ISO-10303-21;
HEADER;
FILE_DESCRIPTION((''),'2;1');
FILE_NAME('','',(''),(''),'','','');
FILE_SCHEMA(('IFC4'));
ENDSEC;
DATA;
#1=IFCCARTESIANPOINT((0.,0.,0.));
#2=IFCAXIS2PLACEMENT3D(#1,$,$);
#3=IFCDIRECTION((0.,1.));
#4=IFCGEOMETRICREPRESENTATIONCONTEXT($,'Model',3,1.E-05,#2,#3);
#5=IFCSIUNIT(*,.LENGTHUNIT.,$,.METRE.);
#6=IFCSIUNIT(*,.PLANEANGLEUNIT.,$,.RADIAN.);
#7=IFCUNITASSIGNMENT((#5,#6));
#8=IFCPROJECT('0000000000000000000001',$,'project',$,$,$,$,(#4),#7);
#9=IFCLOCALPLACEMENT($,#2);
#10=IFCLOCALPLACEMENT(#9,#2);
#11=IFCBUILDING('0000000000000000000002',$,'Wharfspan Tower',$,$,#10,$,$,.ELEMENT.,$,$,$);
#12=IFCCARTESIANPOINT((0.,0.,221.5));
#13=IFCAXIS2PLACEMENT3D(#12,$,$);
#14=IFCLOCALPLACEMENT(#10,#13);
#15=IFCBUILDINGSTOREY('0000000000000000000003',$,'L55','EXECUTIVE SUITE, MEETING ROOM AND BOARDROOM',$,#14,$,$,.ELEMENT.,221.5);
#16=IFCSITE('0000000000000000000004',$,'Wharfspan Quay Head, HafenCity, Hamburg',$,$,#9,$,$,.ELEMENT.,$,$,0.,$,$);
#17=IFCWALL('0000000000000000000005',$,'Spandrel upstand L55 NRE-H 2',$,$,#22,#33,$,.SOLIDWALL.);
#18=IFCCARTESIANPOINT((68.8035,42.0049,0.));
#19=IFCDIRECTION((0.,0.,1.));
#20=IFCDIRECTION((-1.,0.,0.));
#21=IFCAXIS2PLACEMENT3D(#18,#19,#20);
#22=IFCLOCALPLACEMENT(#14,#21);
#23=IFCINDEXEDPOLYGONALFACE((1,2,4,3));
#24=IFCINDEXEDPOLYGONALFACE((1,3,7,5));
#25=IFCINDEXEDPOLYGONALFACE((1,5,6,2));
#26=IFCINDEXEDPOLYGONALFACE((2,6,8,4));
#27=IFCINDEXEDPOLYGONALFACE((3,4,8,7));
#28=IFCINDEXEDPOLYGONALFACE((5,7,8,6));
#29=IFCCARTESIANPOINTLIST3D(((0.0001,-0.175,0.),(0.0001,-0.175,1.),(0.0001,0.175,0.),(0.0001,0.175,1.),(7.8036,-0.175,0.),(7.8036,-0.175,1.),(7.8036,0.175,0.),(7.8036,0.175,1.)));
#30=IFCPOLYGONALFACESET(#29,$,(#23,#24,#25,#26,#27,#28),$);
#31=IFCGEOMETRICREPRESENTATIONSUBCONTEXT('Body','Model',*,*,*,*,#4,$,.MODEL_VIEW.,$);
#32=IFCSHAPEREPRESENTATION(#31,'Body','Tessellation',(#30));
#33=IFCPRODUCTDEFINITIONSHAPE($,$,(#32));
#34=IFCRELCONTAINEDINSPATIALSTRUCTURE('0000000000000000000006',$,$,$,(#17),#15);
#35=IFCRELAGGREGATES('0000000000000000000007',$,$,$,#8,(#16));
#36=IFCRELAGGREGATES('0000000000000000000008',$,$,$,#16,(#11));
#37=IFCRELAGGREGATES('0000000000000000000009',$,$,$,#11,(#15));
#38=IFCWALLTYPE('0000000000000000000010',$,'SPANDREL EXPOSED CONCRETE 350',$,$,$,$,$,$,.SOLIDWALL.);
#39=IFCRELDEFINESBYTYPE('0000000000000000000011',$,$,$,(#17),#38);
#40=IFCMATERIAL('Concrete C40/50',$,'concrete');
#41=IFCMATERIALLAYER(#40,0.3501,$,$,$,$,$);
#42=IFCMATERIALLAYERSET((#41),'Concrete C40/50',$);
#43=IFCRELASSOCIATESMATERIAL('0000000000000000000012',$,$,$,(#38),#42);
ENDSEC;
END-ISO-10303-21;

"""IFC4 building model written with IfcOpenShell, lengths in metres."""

from ifc_helpers import new_model, si_unit, direction, frame, frame_2d, origin, place, context, subcontext, project, spatial, rectangle, extrude, material, layer, layer_set, type_object, element, save


model = new_model("IFC4")

# Units and contexts
model_context = context("Model", 3, precision=1e-05, world=origin(), true_north=direction((0.0, 1.0)))
body_context = subcontext(model_context, "Body", "Model", "MODEL_VIEW")
ifc_project = project(units=[si_unit("LENGTHUNIT", "METRE"), si_unit("PLANEANGLEUNIT", "RADIAN")], contexts=[model_context])

# Site, building, storey
site_placement = place(None, origin())
site = spatial("IfcSite", under=ifc_project, at=site_placement, Name="Wharfspan Quay Head, HafenCity, Hamburg", CompositionType="ELEMENT", RefElevation=0.0)
building_placement = place(site_placement, origin())
building = spatial("IfcBuilding", under=site, at=building_placement, Name="Wharfspan Tower", CompositionType="ELEMENT")
storey_placement = place(building_placement, frame((0.0, 0.0, 221.5)))
storey = spatial("IfcBuildingStorey", under=building, at=storey_placement, Name="L55", Description="EXECUTIVE SUITE, MEETING ROOM AND BOARDROOM", CompositionType="ELEMENT", Elevation=221.5)

# Wall
ifc_material_1 = material(Name="Concrete C40/50", Category="concrete")
ifc_layer_1 = layer(ifc_material_1, 0.3501)
ifc_layer_set_1 = layer_set([ifc_layer_1], Name="Concrete C40/50")
wall_type_1 = type_object("IfcWallType", Name="SPANDREL EXPOSED CONCRETE 350", PredefinedType="SOLIDWALL", material=ifc_layer_set_1)
wall_1_placement = place(storey_placement, frame((68.8035, 42.0049, 0.0), z_axis=(0.0, 0.0, 1.0), x_axis=(-1.0, 0.0, 0.0)))
element("IfcWall", 1, at=wall_1_placement, inside=storey, type_object=wall_type_1, Name="Spandrel upstand L55 NRE-H 2", PredefinedType="SOLIDWALL", context=body_context, shape_type="SweptSolid", body=[
    extrude(rectangle(XDim=7.8035, YDim=0.3501, at=frame_2d((3.9019, 0.0))), origin(), (0.0, 0.0, 1.0), 1.0),
])

save(model, "model.ifc")
